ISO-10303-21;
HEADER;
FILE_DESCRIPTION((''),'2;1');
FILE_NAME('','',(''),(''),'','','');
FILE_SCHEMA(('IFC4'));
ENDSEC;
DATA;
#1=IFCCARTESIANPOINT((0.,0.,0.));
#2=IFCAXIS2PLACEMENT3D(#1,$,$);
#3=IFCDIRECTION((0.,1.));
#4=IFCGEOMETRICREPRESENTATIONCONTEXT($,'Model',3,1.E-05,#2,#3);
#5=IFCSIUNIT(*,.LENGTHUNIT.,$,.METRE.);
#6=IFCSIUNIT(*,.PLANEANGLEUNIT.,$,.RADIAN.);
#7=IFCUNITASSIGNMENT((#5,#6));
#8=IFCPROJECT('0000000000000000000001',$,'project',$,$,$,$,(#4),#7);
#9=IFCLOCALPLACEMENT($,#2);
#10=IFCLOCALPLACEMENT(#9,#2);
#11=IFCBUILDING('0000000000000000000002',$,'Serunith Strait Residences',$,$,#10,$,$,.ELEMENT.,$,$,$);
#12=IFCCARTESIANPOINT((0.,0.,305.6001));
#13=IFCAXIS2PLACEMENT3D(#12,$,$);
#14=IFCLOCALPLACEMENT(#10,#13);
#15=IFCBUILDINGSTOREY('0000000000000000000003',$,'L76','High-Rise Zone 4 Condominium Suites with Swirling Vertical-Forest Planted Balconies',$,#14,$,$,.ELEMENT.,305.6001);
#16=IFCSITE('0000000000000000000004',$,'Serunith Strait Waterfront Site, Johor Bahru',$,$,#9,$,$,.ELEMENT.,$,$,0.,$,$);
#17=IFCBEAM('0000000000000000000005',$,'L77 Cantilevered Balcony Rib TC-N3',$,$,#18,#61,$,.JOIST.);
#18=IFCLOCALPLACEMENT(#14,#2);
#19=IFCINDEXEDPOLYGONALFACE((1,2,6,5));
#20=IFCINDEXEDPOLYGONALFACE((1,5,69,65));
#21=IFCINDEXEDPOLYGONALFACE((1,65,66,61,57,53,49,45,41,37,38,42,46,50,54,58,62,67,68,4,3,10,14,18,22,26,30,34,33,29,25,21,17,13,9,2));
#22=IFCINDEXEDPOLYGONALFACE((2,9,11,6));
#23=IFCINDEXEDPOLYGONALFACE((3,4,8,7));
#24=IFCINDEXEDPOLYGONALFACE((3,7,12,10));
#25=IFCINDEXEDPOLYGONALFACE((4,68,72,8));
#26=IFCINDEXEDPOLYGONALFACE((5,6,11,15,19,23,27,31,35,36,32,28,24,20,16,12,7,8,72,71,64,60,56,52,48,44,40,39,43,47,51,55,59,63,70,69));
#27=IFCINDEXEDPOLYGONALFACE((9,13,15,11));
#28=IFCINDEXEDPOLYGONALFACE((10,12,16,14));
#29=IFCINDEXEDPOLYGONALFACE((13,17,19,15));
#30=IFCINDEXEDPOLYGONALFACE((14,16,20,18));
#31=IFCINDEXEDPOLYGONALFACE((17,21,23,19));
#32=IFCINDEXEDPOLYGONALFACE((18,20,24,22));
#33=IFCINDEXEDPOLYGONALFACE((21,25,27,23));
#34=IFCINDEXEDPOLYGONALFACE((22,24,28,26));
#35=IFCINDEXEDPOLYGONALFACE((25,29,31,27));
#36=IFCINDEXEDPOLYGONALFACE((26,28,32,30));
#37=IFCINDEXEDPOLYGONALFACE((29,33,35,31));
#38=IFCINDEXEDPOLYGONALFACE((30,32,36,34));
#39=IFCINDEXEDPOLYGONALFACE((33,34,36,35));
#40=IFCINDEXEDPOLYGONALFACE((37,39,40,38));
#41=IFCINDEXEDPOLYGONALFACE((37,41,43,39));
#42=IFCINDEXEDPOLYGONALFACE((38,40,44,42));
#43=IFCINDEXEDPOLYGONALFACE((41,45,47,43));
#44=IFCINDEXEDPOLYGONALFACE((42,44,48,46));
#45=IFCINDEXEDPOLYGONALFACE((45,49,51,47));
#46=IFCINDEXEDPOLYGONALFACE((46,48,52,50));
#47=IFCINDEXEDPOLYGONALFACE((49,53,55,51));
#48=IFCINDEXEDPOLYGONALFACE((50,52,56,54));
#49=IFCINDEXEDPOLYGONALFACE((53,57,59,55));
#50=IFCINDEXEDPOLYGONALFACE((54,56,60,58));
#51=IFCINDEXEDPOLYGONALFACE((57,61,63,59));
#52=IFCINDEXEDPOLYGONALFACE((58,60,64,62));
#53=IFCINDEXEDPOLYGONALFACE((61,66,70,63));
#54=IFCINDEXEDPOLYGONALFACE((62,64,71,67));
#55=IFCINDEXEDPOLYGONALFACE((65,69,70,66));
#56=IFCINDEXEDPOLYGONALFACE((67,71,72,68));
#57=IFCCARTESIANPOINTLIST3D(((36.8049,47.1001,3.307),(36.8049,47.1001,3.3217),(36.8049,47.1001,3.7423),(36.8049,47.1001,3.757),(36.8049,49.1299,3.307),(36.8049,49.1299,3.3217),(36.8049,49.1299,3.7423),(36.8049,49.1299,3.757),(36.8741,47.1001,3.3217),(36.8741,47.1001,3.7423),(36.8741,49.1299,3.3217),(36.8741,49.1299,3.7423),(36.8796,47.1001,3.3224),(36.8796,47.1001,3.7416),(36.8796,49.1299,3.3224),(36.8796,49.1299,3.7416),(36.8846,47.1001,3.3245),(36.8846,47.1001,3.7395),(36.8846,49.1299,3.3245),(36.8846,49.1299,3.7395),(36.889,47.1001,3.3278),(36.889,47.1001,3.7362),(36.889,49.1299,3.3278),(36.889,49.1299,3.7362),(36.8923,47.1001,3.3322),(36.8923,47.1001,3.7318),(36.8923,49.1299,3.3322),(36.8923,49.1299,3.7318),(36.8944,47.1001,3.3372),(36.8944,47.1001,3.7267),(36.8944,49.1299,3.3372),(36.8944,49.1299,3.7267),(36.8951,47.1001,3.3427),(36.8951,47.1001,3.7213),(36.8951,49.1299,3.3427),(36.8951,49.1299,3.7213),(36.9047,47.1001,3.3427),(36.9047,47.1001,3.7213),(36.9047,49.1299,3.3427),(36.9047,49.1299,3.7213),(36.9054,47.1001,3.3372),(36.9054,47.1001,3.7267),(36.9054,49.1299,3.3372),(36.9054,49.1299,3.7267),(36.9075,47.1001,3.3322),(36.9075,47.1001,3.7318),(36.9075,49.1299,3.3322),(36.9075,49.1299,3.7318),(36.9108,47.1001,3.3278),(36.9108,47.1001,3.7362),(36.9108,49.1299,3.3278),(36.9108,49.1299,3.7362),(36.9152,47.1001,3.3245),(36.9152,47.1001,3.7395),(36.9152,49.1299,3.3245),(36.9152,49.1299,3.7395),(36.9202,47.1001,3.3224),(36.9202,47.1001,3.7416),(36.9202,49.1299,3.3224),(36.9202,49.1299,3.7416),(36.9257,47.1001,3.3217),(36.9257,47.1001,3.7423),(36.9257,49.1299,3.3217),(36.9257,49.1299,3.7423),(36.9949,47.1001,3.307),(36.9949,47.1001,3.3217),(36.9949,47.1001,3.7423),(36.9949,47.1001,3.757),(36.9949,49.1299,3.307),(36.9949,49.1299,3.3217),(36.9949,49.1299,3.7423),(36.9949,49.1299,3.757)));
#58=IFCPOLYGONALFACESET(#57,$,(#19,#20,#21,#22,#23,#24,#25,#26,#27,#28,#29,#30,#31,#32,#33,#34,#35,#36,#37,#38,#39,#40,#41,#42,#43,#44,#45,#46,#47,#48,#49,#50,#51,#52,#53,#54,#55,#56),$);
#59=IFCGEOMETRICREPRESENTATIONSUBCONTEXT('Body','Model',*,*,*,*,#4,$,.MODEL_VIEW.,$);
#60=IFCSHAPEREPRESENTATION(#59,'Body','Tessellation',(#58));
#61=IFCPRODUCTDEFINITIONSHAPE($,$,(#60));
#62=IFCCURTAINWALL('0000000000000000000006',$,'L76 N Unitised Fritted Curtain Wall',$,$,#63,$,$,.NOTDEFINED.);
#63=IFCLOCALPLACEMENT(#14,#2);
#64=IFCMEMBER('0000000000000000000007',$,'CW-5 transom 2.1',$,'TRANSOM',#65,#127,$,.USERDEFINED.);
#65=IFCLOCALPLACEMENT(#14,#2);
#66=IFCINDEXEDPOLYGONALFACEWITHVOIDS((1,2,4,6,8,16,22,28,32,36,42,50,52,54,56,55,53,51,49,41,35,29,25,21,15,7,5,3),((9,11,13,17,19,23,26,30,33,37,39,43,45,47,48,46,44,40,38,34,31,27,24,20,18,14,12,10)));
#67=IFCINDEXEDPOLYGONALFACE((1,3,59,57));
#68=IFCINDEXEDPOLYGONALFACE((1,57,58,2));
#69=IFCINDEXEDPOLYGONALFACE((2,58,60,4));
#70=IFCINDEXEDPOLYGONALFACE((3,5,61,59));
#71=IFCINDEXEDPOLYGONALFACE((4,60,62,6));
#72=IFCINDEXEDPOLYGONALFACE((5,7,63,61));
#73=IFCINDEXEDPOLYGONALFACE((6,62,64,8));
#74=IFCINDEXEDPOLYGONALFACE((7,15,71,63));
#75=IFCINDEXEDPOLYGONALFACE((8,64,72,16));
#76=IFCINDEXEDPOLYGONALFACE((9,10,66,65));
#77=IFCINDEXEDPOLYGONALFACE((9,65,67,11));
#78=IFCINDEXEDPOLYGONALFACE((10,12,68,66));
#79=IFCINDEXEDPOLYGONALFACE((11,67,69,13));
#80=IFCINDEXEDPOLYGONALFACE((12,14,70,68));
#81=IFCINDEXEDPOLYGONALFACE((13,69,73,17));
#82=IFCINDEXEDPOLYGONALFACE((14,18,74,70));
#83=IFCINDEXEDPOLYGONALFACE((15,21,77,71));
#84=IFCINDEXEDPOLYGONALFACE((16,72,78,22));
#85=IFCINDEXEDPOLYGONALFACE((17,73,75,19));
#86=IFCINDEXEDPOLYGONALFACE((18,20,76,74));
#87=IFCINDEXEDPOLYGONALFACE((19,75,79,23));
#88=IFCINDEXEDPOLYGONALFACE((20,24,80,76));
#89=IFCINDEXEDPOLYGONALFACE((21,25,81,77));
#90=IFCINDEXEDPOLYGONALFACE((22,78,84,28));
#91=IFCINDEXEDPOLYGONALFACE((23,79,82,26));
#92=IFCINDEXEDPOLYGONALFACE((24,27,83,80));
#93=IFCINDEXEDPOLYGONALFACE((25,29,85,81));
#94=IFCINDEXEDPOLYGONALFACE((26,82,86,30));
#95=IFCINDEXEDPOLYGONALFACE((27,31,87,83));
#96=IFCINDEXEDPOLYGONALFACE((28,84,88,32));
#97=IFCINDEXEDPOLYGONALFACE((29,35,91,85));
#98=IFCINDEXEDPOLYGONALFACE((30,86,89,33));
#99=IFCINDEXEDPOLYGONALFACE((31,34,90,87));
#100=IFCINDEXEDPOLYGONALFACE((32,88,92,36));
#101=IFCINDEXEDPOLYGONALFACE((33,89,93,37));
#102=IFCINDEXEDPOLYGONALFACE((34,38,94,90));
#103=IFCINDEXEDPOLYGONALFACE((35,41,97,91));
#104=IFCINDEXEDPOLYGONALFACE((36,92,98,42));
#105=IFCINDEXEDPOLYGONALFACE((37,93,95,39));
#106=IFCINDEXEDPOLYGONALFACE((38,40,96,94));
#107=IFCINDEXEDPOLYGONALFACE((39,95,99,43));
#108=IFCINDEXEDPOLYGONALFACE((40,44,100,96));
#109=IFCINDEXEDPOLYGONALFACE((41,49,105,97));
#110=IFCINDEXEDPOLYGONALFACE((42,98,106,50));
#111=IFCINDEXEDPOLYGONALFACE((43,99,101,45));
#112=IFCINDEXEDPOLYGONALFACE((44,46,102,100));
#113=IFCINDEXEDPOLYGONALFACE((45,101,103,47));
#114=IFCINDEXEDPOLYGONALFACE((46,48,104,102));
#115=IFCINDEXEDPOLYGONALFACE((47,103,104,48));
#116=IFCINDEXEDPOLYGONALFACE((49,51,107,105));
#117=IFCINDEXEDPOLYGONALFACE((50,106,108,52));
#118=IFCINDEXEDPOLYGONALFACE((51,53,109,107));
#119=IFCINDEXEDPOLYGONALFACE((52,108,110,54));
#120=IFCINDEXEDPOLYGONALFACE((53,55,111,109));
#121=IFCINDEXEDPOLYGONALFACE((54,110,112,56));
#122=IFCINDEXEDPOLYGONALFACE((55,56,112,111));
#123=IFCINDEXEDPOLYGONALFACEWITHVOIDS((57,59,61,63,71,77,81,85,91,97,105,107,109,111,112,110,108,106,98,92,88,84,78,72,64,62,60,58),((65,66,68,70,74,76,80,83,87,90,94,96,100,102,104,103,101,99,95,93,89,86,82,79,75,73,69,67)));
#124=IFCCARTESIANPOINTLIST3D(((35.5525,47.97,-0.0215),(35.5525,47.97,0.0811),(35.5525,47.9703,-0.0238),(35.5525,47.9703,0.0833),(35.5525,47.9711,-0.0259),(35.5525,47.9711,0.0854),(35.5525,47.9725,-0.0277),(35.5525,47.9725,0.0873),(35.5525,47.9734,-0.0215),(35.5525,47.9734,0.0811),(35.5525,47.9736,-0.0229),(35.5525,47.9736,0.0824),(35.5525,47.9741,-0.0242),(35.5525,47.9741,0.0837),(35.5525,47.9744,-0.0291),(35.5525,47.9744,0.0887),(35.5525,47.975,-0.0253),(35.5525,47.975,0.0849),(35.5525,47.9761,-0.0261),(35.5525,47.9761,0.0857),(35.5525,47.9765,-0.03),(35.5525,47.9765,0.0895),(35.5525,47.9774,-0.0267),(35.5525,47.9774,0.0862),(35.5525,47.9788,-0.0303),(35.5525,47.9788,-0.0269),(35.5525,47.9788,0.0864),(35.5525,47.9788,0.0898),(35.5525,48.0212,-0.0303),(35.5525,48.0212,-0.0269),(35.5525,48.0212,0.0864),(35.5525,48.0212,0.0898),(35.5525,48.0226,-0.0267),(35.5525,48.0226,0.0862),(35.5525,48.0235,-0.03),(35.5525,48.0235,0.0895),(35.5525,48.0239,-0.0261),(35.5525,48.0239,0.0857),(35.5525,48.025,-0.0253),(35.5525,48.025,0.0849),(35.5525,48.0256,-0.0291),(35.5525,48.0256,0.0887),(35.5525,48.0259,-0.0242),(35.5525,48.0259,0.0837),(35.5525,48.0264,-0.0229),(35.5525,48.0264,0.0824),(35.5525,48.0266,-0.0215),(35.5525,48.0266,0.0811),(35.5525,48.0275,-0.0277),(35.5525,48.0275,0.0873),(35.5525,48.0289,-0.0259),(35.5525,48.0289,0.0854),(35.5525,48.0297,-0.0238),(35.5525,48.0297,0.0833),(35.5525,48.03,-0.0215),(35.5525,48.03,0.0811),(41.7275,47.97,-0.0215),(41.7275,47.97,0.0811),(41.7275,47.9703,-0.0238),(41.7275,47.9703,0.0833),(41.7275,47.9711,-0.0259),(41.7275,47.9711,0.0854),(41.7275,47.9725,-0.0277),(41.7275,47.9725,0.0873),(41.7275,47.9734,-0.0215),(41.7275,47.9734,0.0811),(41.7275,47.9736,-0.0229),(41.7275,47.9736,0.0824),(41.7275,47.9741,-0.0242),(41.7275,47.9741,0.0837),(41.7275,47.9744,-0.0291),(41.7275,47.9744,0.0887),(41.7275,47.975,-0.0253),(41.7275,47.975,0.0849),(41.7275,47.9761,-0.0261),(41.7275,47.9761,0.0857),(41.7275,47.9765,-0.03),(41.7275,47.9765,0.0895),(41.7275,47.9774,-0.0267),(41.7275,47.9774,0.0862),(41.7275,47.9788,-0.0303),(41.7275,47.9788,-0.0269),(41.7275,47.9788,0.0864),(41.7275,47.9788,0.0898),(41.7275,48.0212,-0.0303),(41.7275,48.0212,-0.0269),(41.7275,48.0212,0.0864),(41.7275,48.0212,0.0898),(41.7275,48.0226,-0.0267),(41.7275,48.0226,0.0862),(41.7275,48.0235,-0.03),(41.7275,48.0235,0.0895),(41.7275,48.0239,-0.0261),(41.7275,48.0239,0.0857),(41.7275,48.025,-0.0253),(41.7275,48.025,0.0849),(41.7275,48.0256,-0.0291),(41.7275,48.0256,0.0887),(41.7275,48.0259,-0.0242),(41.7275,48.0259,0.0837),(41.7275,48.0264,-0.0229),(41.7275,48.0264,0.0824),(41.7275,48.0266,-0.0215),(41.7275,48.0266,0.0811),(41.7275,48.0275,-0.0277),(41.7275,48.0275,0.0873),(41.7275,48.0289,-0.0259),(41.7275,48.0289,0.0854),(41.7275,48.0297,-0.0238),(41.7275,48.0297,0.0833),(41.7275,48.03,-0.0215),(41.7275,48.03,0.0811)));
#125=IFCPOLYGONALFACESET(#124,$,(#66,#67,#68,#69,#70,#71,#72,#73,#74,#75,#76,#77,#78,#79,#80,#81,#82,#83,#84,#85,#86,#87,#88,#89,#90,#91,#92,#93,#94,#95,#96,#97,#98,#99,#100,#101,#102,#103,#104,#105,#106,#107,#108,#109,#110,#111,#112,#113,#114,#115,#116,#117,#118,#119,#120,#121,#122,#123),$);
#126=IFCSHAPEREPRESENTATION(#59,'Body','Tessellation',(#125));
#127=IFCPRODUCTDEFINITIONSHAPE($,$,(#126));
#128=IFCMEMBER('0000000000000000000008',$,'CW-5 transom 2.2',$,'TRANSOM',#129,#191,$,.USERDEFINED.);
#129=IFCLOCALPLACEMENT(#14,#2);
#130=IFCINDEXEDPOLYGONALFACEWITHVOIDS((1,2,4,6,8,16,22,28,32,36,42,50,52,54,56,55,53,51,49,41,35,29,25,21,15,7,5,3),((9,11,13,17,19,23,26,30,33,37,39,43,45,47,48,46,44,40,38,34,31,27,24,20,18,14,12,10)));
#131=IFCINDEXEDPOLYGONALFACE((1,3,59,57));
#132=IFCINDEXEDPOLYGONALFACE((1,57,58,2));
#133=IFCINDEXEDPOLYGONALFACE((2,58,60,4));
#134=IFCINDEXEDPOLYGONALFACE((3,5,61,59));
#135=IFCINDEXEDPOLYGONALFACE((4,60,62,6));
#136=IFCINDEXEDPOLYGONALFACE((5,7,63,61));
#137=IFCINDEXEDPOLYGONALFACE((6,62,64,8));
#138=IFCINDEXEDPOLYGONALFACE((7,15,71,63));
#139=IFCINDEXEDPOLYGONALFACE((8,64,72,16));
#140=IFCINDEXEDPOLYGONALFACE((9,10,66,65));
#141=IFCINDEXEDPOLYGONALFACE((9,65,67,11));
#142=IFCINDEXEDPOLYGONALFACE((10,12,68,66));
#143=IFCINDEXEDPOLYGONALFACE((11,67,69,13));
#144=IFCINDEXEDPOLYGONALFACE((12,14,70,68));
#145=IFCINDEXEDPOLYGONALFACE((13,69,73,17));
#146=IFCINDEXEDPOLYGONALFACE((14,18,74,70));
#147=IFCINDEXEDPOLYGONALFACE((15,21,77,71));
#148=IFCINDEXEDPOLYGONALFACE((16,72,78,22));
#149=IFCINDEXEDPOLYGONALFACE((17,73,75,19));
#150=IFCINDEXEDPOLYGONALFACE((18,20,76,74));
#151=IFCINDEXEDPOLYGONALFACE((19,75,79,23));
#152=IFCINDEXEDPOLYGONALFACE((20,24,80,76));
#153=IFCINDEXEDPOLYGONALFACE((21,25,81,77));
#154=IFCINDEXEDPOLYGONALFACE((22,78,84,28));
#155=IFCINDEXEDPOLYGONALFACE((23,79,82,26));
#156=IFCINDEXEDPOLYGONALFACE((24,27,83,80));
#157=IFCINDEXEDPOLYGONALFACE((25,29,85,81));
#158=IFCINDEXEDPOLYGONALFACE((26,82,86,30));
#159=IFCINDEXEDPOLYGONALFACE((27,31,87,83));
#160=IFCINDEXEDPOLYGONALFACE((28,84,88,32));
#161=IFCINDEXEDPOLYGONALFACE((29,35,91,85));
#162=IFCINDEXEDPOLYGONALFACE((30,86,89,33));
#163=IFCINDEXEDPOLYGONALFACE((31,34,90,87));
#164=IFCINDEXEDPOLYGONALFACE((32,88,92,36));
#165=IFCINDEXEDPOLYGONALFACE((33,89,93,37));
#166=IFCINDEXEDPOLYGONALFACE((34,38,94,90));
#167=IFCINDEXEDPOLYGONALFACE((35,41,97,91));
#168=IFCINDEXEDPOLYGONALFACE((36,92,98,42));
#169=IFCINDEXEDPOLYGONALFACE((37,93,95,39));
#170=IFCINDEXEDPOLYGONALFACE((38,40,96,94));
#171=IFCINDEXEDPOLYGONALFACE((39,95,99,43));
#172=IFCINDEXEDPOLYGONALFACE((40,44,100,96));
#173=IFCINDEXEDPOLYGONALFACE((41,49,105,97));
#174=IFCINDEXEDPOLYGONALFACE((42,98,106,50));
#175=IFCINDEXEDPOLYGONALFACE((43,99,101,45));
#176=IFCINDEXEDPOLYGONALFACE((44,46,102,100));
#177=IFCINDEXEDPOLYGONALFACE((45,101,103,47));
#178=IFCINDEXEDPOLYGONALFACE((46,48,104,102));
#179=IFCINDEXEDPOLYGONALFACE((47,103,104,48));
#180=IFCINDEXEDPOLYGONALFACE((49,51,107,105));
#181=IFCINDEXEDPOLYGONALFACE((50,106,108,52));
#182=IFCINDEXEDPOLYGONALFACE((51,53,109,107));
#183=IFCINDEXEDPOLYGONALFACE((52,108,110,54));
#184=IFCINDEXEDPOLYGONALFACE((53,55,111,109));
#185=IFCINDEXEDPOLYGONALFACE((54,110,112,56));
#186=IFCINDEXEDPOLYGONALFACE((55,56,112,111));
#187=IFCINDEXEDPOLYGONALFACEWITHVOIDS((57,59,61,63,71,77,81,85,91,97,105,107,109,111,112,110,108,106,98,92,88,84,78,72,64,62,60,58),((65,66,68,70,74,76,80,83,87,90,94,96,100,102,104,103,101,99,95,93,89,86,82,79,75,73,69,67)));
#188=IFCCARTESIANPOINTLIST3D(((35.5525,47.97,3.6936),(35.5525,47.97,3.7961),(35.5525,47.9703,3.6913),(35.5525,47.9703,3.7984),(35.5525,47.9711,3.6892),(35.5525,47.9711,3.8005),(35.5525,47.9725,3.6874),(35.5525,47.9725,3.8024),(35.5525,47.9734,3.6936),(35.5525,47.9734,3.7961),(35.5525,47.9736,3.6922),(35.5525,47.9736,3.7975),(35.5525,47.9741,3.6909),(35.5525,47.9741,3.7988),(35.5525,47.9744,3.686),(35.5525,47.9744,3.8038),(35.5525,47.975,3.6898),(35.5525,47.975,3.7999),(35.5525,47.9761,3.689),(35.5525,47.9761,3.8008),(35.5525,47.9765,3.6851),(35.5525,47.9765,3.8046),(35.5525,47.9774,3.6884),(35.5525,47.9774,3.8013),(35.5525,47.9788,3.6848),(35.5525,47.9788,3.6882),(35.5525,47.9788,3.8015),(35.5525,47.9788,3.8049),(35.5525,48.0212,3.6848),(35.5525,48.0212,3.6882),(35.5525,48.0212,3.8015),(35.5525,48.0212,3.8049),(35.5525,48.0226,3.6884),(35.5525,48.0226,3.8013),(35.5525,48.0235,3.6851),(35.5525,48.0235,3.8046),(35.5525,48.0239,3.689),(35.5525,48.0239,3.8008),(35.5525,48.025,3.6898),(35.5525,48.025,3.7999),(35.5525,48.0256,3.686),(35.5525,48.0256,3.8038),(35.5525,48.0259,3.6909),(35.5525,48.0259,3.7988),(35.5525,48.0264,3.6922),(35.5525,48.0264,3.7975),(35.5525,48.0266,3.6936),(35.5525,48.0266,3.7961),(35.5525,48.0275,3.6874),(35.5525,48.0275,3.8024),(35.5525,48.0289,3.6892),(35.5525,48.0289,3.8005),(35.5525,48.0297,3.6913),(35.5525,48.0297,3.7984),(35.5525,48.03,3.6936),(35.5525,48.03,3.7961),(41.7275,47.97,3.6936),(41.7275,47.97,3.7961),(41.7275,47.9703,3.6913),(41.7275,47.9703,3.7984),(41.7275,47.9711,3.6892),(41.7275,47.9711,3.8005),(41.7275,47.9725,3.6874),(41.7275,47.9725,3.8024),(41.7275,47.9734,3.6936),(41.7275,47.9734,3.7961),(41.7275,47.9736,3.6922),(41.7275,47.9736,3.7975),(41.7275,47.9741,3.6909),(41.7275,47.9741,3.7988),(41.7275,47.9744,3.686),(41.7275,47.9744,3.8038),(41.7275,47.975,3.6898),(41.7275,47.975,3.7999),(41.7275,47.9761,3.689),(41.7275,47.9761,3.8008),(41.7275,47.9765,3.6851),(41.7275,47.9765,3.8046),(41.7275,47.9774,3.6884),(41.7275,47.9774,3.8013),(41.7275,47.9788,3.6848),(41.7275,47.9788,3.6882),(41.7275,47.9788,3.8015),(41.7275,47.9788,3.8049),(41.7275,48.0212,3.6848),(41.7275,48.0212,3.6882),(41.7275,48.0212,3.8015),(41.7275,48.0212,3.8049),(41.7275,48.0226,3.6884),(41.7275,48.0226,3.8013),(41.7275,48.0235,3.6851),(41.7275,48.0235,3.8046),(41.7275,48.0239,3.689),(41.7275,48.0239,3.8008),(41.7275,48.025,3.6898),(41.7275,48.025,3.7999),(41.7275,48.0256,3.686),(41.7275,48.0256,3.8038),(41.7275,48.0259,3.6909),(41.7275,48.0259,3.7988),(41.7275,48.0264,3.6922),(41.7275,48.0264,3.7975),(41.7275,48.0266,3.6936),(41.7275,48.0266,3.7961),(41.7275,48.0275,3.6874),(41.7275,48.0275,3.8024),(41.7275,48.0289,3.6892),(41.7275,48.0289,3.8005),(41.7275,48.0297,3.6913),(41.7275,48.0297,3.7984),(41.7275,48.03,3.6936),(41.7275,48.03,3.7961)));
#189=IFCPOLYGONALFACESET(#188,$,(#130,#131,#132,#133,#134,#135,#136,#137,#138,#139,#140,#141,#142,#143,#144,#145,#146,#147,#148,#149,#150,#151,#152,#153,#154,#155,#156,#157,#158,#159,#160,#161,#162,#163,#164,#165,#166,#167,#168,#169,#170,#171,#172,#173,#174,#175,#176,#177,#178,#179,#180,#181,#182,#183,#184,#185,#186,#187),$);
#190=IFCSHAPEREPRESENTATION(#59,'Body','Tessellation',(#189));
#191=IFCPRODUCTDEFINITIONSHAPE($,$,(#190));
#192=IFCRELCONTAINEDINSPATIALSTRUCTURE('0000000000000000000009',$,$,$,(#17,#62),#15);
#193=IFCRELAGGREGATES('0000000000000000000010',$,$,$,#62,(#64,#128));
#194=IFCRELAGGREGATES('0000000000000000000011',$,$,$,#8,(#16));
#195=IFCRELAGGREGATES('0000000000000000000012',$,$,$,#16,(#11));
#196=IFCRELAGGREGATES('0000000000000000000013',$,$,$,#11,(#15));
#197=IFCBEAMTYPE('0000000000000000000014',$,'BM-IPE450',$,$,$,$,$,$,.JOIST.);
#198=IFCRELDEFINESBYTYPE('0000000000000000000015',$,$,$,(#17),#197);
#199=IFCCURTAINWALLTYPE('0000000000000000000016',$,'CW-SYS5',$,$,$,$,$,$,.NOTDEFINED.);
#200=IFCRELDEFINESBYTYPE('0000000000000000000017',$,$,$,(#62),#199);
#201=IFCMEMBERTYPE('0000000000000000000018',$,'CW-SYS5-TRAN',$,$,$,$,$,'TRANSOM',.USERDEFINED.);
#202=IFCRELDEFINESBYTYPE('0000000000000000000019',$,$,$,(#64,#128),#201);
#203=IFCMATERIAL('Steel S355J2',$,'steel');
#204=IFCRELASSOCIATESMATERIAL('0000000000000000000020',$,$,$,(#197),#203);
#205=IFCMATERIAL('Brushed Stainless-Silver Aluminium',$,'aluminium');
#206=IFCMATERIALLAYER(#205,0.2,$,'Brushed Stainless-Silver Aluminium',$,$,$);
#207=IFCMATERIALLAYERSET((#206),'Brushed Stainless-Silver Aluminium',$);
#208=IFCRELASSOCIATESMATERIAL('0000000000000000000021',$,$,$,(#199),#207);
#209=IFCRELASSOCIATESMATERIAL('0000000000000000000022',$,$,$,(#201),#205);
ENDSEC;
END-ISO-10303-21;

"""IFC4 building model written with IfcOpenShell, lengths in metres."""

from ifc_helpers import new_model, si_unit, direction, frame, origin, origin_2d, place, context, subcontext, project, spatial, hollow_rectangle, i_section, extrude, source, transform, mapped, material, layer, layer_set, material_profile, profile_set, type_object, element, aggregate, save


model = new_model("IFC4")

# Units and contexts
model_context = context("Model", 3, precision=1e-05, world=origin(), true_north=direction((0.0, 1.0)))
body_context = subcontext(model_context, "Body", "Model", "MODEL_VIEW")
ifc_project = project(units=[si_unit("LENGTHUNIT", "METRE"), si_unit("PLANEANGLEUNIT", "RADIAN")], contexts=[model_context])

# Site, building, storey
site_placement = place(None, origin())
site = spatial("IfcSite", under=ifc_project, at=site_placement, Name="Serunith Strait Waterfront Site, Johor Bahru", CompositionType="ELEMENT", RefElevation=0.0)
building_placement = place(site_placement, origin())
building = spatial("IfcBuilding", under=site, at=building_placement, Name="Serunith Strait Residences", CompositionType="ELEMENT")
storey_placement = place(building_placement, frame((0.0, 0.0, 305.6001)))
storey = spatial("IfcBuildingStorey", under=building, at=storey_placement, Name="L76", Description="High-Rise Zone 4 Condominium Suites with Swirling Vertical-Forest Planted Balconies", CompositionType="ELEMENT", Elevation=305.6001)

# Beam
ifc_material_1 = material(Name="Steel S355J2", Category="steel")
ifc_material_profile_1 = material_profile(ifc_material_1, i_section(OverallWidth=0.1899, OverallDepth=0.45, WebThickness=0.0095, FlangeThickness=0.0146, FilletRadius=0.021, at=origin_2d()), Name="IPE 450")
ifc_profile_set_1 = profile_set([ifc_material_profile_1], Name="Steel S355J2")
beam_type_1 = type_object("IfcBeamType", Name="BM-IPE450", PredefinedType="JOIST", material=ifc_profile_set_1)
shared_shape_1 = source(origin(), body_context, "Body", "SweptSolid", [
    extrude(i_section(OverallWidth=0.1899, OverallDepth=0.45, WebThickness=0.0095, FlangeThickness=0.0146, FilletRadius=0.021, at=origin_2d()), origin(), (0.0, 0.0, 1.0), 2.0298),
])
beam_1_placement = place(storey_placement, frame((36.8999, 47.1001, 3.532), z_axis=(0.0, 1.0, 0.0), x_axis=(-1.0, 0.0, 0.0)))
element("IfcBeam", 1, at=beam_1_placement, inside=storey, type_object=beam_type_1, Name="L77 Cantilevered Balcony Rib TC-N3", PredefinedType="JOIST", context=body_context, shape_type="MappedRepresentation", body=[
    mapped(shared_shape_1, transform((0.0, 0.0, 0.0), scale=1.0)),
])

# Curtain wall, members
ifc_material_2 = material(Name="Brushed Stainless-Silver Aluminium", Category="aluminium")
ifc_layer_1 = layer(ifc_material_2, 0.2, Name="Brushed Stainless-Silver Aluminium")
ifc_layer_set_1 = layer_set([ifc_layer_1], Name="Brushed Stainless-Silver Aluminium")
curtain_wall_type = type_object("IfcCurtainWallType", Name="CW-SYS5", PredefinedType="NOTDEFINED", material=ifc_layer_set_1)
curtain_wall_placement = place(storey_placement, origin())
curtain_wall = element("IfcCurtainWall", 2, at=curtain_wall_placement, inside=storey, type_object=curtain_wall_type, Name="L76 N Unitised Fritted Curtain Wall", PredefinedType="NOTDEFINED")
ifc_material_profile_2 = material_profile(ifc_material_2, hollow_rectangle(XDim=0.0601, YDim=0.1201, WallThickness=0.0034, InnerFilletRadius=0.0054, OuterFilletRadius=0.0088, at=origin_2d()), Name="ALU 120x60x3.5")
ifc_profile_set_2 = profile_set([ifc_material_profile_2], Name="Brushed Stainless-Silver Aluminium")
member_type_1 = type_object("IfcMemberType", Name="CW-SYS5-TRAN", ElementType="TRANSOM", PredefinedType="USERDEFINED", material=ifc_profile_set_2)
shared_shape_2 = source(origin(), body_context, "Body", "SweptSolid", [
    extrude(hollow_rectangle(XDim=0.0601, YDim=0.1201, WallThickness=0.0034, InnerFilletRadius=0.0054, OuterFilletRadius=0.0088, at=origin_2d()), origin(), (0.0, 0.0, 1.0), 6.175),
])
member_1_placement = place(storey_placement, frame((41.7275, 48.0, 0.0298), z_axis=(-1.0, 0.0, 0.0), x_axis=(0.0, -1.0, 0.0)))
member_1 = element("IfcMember", 3, at=member_1_placement, type_object=member_type_1, Name="CW-5 transom 2.1", ObjectType="TRANSOM", PredefinedType="USERDEFINED", context=body_context, shape_type="MappedRepresentation", body=[
    mapped(shared_shape_2, transform((0.0, 0.0, 0.0), scale=1.0)),
])
member_2_placement = place(storey_placement, frame((41.7275, 48.0, 3.7449), z_axis=(-1.0, 0.0, 0.0), x_axis=(0.0, -1.0, 0.0)))
member_2 = element("IfcMember", 4, at=member_2_placement, type_object=member_type_1, Name="CW-5 transom 2.2", ObjectType="TRANSOM", PredefinedType="USERDEFINED", context=body_context, shape_type="MappedRepresentation", body=[
    mapped(shared_shape_2, transform((0.0, 0.0, 0.0), scale=1.0)),
])
aggregate(curtain_wall, [member_1, member_2])

save(model, "model.ifc")
